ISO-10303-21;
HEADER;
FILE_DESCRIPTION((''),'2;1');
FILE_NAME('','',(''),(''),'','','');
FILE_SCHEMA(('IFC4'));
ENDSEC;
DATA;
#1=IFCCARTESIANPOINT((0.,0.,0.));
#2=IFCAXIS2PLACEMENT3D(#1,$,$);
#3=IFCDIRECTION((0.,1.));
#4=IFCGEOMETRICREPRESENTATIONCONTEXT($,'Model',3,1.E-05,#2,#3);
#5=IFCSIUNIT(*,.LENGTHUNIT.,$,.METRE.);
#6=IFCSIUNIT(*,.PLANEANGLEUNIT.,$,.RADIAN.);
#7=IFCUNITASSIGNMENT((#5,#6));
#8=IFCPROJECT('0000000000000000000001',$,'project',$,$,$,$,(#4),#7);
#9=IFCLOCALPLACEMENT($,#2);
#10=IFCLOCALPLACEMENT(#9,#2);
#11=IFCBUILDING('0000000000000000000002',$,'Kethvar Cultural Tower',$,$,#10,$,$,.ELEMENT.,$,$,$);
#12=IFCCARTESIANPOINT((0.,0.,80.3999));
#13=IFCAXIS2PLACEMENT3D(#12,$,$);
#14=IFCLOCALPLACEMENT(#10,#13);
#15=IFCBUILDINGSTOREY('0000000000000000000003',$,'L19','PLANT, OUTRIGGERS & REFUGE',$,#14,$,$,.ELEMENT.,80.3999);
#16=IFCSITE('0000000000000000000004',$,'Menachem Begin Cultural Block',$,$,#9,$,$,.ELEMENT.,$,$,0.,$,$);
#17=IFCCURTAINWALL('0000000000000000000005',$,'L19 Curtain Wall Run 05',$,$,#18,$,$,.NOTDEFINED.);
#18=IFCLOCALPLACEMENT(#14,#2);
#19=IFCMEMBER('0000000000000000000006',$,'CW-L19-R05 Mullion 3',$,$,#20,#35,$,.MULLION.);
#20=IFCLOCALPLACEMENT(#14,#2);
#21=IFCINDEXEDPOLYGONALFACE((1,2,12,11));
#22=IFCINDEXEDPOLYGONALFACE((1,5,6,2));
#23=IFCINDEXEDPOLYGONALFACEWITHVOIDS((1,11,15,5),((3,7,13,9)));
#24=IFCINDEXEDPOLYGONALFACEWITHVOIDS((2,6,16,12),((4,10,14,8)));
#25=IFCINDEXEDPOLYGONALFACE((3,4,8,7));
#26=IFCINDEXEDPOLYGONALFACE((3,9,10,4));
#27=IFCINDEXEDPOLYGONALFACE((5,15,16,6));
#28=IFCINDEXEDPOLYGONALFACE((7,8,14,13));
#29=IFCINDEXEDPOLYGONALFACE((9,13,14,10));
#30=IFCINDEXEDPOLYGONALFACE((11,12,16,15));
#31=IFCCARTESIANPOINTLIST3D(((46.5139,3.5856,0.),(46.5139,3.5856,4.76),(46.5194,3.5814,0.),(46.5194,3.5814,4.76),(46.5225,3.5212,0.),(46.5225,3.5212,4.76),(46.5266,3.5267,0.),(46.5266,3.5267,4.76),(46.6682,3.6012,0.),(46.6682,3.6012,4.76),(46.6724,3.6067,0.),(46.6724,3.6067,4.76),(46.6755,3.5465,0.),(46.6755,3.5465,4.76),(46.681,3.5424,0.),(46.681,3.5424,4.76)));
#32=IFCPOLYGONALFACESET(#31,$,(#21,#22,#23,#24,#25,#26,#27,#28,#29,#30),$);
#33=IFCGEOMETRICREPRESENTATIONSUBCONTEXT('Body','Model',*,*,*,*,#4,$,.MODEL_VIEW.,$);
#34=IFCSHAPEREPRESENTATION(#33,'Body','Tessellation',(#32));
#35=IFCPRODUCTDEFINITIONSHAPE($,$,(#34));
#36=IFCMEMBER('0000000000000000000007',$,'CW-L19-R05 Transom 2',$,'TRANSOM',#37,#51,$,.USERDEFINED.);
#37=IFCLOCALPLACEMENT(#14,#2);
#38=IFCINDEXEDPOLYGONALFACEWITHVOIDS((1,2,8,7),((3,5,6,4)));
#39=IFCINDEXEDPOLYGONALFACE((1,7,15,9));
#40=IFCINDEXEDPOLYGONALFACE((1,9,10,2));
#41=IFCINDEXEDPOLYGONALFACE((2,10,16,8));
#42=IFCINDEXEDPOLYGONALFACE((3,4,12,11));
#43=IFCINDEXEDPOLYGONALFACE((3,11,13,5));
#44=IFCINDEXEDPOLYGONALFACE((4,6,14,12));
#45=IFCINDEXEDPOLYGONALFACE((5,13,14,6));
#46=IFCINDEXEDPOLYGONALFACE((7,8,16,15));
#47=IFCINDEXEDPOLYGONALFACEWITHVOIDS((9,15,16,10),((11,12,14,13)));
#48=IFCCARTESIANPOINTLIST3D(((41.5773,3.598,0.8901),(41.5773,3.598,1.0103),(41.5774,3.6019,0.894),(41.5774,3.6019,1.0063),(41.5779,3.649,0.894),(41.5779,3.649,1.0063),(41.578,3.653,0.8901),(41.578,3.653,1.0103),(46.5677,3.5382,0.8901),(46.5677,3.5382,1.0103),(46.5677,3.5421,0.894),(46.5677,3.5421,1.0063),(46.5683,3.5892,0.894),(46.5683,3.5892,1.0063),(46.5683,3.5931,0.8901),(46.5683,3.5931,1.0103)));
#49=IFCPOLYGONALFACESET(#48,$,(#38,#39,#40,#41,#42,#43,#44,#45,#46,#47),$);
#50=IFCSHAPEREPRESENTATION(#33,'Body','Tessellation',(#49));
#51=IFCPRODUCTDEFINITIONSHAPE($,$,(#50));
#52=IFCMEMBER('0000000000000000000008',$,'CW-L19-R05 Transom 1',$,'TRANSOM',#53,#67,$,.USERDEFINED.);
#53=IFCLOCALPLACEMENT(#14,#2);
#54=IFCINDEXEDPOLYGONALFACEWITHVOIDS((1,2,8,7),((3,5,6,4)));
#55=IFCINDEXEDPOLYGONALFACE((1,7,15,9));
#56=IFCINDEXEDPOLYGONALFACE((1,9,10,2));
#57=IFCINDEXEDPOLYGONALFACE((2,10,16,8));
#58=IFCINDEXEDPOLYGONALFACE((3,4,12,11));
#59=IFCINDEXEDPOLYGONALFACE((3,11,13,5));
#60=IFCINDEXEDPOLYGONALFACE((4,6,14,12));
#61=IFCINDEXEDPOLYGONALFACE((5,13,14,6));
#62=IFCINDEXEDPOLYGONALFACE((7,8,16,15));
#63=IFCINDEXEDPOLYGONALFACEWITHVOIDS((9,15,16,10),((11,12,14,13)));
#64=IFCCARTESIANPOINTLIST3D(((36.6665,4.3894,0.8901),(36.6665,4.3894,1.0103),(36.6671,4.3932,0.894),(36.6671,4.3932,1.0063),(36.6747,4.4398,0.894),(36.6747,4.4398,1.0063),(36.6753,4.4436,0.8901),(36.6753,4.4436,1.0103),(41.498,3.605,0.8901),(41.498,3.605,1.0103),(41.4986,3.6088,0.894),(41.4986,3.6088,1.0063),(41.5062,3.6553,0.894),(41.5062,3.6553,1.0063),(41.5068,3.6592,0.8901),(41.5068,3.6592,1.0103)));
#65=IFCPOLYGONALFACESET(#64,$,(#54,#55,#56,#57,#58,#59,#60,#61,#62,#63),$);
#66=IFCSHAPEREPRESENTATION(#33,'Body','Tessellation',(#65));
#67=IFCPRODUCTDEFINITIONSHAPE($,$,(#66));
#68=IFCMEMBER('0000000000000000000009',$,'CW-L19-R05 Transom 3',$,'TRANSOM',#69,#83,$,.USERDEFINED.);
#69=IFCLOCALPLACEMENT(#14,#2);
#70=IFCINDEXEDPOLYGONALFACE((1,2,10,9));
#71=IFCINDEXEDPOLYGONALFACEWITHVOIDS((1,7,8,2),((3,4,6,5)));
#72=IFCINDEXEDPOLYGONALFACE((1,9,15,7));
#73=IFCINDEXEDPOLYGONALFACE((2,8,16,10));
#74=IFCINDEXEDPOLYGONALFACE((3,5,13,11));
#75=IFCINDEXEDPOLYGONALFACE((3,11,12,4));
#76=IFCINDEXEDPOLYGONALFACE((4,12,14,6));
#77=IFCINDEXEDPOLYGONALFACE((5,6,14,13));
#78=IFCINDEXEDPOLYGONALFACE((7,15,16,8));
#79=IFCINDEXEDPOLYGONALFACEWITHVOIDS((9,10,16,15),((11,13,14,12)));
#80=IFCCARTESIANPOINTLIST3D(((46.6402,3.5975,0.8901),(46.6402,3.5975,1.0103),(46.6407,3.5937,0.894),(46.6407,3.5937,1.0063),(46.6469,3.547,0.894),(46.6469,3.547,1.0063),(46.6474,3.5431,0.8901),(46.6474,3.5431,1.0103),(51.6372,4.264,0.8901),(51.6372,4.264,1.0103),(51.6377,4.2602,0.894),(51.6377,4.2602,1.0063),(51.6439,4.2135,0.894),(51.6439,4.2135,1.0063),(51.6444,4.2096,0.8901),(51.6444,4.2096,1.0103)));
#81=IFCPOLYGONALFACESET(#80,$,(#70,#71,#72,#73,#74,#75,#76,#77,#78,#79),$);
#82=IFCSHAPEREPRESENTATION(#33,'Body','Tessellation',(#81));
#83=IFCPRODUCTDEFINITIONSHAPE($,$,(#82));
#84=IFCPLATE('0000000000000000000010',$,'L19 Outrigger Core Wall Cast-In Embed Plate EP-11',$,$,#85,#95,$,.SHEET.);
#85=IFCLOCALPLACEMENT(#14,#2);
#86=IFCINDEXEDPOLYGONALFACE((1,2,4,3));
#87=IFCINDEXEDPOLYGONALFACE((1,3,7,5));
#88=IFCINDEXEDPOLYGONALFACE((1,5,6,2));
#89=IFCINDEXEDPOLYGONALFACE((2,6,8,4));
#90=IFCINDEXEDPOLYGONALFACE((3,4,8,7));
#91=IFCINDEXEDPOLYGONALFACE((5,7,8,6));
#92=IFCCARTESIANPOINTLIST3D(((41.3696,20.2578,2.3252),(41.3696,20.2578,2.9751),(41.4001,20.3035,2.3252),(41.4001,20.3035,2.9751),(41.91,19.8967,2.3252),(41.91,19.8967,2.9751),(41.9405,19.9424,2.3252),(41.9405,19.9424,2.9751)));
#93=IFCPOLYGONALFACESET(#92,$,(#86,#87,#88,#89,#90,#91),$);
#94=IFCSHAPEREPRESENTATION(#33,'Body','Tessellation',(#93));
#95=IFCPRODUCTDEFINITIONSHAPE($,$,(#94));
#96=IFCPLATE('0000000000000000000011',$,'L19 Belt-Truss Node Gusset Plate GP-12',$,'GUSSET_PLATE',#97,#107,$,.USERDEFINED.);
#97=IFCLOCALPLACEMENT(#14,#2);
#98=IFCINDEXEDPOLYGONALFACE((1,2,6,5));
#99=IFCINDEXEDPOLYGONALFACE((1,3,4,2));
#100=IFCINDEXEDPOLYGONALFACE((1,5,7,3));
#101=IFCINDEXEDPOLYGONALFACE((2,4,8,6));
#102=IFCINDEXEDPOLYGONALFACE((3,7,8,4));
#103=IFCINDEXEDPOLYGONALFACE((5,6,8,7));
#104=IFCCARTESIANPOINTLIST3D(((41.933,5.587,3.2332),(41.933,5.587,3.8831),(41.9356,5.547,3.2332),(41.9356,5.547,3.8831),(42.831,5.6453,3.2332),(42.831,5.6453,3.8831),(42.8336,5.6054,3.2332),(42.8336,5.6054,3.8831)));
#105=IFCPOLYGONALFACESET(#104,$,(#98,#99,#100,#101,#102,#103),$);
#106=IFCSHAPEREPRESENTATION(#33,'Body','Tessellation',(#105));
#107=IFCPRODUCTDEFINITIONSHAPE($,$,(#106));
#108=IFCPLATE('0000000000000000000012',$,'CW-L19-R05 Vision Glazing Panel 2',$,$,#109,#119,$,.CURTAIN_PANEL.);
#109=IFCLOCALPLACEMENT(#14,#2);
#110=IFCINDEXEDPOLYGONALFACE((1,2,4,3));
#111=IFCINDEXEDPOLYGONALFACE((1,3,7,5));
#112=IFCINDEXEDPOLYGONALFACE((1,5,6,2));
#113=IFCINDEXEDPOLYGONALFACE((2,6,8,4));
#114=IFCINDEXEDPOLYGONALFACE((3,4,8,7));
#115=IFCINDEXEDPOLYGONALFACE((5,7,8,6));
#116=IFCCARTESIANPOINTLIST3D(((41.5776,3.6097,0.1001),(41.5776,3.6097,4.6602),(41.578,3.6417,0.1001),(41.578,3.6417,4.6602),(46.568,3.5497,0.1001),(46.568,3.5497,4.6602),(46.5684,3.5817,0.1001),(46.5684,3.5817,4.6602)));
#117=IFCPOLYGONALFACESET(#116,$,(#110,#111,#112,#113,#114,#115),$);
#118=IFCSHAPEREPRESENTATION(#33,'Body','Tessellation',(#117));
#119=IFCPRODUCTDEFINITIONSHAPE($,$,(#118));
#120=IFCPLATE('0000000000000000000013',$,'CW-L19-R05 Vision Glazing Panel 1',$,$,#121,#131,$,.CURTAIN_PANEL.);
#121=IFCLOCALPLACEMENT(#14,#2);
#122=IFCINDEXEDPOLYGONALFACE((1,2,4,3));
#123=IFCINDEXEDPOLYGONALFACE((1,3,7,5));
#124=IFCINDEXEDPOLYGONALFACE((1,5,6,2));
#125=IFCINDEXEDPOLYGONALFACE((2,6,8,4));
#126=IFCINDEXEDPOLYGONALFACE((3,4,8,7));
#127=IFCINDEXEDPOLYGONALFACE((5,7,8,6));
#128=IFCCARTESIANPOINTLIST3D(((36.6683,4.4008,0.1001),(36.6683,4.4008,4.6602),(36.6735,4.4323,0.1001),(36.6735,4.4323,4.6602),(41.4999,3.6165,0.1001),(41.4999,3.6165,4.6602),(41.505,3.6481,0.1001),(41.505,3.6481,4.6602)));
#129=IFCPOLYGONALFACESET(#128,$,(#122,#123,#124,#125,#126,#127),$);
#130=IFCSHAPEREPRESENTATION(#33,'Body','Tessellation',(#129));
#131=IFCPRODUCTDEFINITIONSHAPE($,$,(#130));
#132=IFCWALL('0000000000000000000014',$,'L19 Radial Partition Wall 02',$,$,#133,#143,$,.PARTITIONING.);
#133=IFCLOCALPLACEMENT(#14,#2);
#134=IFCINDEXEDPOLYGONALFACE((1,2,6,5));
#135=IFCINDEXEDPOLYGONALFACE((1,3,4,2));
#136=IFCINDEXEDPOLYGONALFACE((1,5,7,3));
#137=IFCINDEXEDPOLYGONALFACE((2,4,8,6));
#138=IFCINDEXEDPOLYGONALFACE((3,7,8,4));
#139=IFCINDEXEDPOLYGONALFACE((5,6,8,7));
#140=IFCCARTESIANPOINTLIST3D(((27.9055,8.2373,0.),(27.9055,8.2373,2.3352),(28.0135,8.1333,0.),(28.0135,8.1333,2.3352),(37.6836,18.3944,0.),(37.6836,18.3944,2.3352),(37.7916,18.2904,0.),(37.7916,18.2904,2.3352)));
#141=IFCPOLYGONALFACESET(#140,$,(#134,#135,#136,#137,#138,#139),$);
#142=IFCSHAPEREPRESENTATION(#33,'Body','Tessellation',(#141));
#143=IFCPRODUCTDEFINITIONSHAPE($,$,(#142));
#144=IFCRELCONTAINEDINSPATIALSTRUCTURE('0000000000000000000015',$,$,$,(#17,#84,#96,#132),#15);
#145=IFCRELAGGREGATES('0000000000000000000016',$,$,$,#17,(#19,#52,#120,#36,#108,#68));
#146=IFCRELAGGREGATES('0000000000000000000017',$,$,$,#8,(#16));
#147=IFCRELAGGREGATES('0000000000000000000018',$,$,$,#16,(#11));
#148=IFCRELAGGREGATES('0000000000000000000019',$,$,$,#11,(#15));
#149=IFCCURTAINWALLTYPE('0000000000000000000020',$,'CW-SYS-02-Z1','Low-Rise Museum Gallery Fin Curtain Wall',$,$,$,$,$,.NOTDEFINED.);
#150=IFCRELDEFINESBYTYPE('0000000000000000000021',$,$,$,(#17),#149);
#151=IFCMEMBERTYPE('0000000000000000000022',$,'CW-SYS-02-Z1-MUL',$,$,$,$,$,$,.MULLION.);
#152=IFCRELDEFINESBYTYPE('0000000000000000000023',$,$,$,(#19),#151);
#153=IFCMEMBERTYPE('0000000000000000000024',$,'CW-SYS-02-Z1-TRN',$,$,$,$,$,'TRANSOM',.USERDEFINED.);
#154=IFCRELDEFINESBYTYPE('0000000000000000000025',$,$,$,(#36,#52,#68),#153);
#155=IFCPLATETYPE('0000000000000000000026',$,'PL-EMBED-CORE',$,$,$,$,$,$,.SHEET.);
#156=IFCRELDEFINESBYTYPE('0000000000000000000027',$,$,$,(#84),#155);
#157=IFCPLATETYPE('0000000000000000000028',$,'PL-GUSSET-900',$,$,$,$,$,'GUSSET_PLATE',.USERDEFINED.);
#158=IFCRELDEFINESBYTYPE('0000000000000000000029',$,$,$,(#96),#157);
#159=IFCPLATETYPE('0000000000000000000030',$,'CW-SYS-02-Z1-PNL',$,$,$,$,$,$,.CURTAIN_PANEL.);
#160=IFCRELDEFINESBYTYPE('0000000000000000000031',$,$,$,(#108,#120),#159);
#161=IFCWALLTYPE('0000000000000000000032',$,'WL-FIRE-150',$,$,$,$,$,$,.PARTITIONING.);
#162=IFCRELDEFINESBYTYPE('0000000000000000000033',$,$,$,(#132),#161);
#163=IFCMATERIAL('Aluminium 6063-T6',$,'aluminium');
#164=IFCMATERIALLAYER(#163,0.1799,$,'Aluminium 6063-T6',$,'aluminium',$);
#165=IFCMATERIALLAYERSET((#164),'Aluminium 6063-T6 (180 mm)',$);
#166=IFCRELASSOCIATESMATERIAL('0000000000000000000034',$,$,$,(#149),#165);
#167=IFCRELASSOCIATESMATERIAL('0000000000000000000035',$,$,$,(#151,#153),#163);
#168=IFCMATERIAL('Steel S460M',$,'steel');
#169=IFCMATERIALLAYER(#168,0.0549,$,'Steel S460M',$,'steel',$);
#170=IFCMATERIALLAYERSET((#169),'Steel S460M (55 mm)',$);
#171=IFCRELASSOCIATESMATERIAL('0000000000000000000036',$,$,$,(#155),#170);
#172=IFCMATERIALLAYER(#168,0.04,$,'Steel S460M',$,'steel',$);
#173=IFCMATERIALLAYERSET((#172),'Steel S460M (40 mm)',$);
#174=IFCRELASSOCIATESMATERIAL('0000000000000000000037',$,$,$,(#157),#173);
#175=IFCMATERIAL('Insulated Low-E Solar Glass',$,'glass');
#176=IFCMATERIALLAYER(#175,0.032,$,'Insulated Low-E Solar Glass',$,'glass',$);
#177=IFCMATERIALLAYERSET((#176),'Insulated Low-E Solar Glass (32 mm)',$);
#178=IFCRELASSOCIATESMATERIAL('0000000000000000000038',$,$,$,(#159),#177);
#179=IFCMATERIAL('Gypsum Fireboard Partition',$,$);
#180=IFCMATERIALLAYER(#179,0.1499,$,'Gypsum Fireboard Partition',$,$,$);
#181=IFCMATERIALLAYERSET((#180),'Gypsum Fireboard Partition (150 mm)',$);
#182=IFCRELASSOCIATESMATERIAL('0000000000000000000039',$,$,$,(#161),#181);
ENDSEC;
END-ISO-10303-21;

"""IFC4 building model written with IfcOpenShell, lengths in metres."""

from ifc_helpers import new_model, si_unit, direction, frame, frame_2d, origin, origin_2d, place, context, subcontext, project, spatial, rectangle, hollow_rectangle, extrude, source, transform, mapped, material, layer, layer_set, material_profile, profile_set, type_object, element, aggregate, save


model = new_model("IFC4")

# Units and contexts
model_context = context("Model", 3, precision=1e-05, world=origin(), true_north=direction((0.0, 1.0)))
body_context = subcontext(model_context, "Body", "Model", "MODEL_VIEW")
ifc_project = project(units=[si_unit("LENGTHUNIT", "METRE"), si_unit("PLANEANGLEUNIT", "RADIAN")], contexts=[model_context])

# Site, building, storey
site_placement = place(None, origin())
site = spatial("IfcSite", under=ifc_project, at=site_placement, Name="Menachem Begin Cultural Block", CompositionType="ELEMENT", RefElevation=0.0)
building_placement = place(site_placement, origin())
building = spatial("IfcBuilding", under=site, at=building_placement, Name="Kethvar Cultural Tower", CompositionType="ELEMENT")
storey_placement = place(building_placement, frame((0.0, 0.0, 80.3999)))
storey = spatial("IfcBuildingStorey", under=building, at=storey_placement, Name="L19", Description="PLANT, OUTRIGGERS & REFUGE", CompositionType="ELEMENT", Elevation=80.3999)

# Shared definitions
ifc_material_1 = material(Name="Steel S460M", Category="steel")

# Shared definitions
ifc_material_2 = material(Name="Aluminium 6063-T6", Category="aluminium")
ifc_layer_1 = layer(ifc_material_2, 0.1799, Name="Aluminium 6063-T6", Category="aluminium")
ifc_layer_set_1 = layer_set([ifc_layer_1], Name="Aluminium 6063-T6 (180 mm)")
curtain_wall_type = type_object("IfcCurtainWallType", Name="CW-SYS-02-Z1", Description="Low-Rise Museum Gallery Fin Curtain Wall", PredefinedType="NOTDEFINED", material=ifc_layer_set_1)
ifc_material_profile_1 = material_profile(ifc_material_2, hollow_rectangle(XDim=0.0649, YDim=0.1599, WallThickness=0.0049, at=origin_2d()), Name="Aluminium 6063-T6 — RHS160x65x5")
ifc_profile_set_1 = profile_set([ifc_material_profile_1], Name="Aluminium 6063-T6 — RHS160x65x5")
member_type_1 = type_object("IfcMemberType", Name="CW-SYS-02-Z1-MUL", PredefinedType="MULLION", material=ifc_profile_set_1)
shared_shape_1 = source(origin(), body_context, "Body", "SweptSolid", [
    extrude(hollow_rectangle(XDim=0.0649, YDim=0.1599, WallThickness=0.0049, at=origin_2d()), origin(), (0.0, 0.0, 1.0), 4.76),
])

# Curtain wall, members
curtain_wall_1_placement = place(storey_placement, origin())
curtain_wall_1 = element("IfcCurtainWall", 1, at=curtain_wall_1_placement, inside=storey, type_object=curtain_wall_type, Name="L19 Curtain Wall Run 05", PredefinedType="NOTDEFINED")
member_1_placement = place(storey_placement, frame((46.5974, 3.564, 0.0), z_axis=(0.0, 0.0, 1.0), x_axis=(-0.132222, 0.99122, 0.0)))
member_1 = element("IfcMember", 2, at=member_1_placement, type_object=member_type_1, Name="CW-L19-R05 Mullion 3", PredefinedType="MULLION", context=body_context, shape_type="MappedRepresentation", body=[
    mapped(shared_shape_1, transform((0.0, 0.0, 0.0), scale=1.0)),
])
ifc_material_profile_2 = material_profile(ifc_material_2, hollow_rectangle(XDim=0.0549, YDim=0.1201, WallThickness=0.0039, at=origin_2d()), Name="Aluminium 6063-T6 — RHS120x55x4")
ifc_profile_set_2 = profile_set([ifc_material_profile_2], Name="Aluminium 6063-T6 — RHS120x55x4")
member_type_2 = type_object("IfcMemberType", Name="CW-SYS-02-Z1-TRN", ElementType="TRANSOM", PredefinedType="USERDEFINED", material=ifc_profile_set_2)
shared_shape_2 = source(origin(), body_context, "Body", "SweptSolid", [
    extrude(hollow_rectangle(XDim=0.0549, YDim=0.1201, WallThickness=0.0039, at=origin_2d()), origin(), (0.0, 0.0, 1.0), 4.9907),
])
member_2_placement = place(storey_placement, frame((41.5776, 3.6255, 0.9502), z_axis=(0.999928, -0.011985, 0.0), x_axis=(0.011985, 0.999928, 0.0)))
member_2 = element("IfcMember", 3, at=member_2_placement, type_object=member_type_2, Name="CW-L19-R05 Transom 2", ObjectType="TRANSOM", PredefinedType="USERDEFINED", context=body_context, shape_type="MappedRepresentation", body=[
    mapped(shared_shape_2, transform((0.0, 0.0, 0.0), scale=1.0)),
])
shared_shape_3 = source(origin(), body_context, "Body", "SweptSolid", [
    extrude(hollow_rectangle(XDim=0.0549, YDim=0.1201, WallThickness=0.0039, at=origin_2d()), origin(), (0.0, 0.0, 1.0), 4.8948),
])
member_3_placement = place(storey_placement, frame((36.6709, 4.4165, 0.9502), z_axis=(0.987075, -0.160256, 0.0), x_axis=(0.160256, 0.987075, 0.0)))
member_3 = element("IfcMember", 4, at=member_3_placement, type_object=member_type_2, Name="CW-L19-R05 Transom 1", ObjectType="TRANSOM", PredefinedType="USERDEFINED", context=body_context, shape_type="MappedRepresentation", body=[
    mapped(shared_shape_3, transform((0.0, 0.0, 0.0), scale=1.0)),
])
shared_shape_4 = source(origin(), body_context, "Body", "SweptSolid", [
    extrude(hollow_rectangle(XDim=0.0549, YDim=0.1201, WallThickness=0.0039, at=origin_2d()), origin(), (0.0, 0.0, 1.0), 5.0413),
])
member_4_placement = place(storey_placement, frame((46.6438, 3.5703, 0.9502), z_axis=(0.991222, 0.132208, 0.0), x_axis=(-0.132208, 0.991222, 0.0)))
member_4 = element("IfcMember", 5, at=member_4_placement, type_object=member_type_2, Name="CW-L19-R05 Transom 3", ObjectType="TRANSOM", PredefinedType="USERDEFINED", context=body_context, shape_type="MappedRepresentation", body=[
    mapped(shared_shape_4, transform((0.0, 0.0, 0.0), scale=1.0)),
])

# Plates
ifc_layer_2 = layer(ifc_material_1, 0.0549, Name="Steel S460M", Category="steel")
ifc_layer_set_2 = layer_set([ifc_layer_2], Name="Steel S460M (55 mm)")
plate_type_1 = type_object("IfcPlateType", Name="PL-EMBED-CORE", PredefinedType="SHEET", material=ifc_layer_set_2)
shared_shape_5 = source(origin(), body_context, "Body", "SweptSolid", [
    extrude(rectangle(XDim=0.0549, YDim=0.6499, at=origin_2d()), origin(), (0.0, 0.0, 1.0), 0.6499),
])
plate_1_placement = place(storey_placement, frame((41.655, 20.1001, 2.3252), z_axis=(0.0, 0.0, 1.0), x_axis=(-0.55557, -0.83147, 0.0)))
element("IfcPlate", 6, at=plate_1_placement, inside=storey, type_object=plate_type_1, Name="L19 Outrigger Core Wall Cast-In Embed Plate EP-11", PredefinedType="SHEET", context=body_context, shape_type="MappedRepresentation", body=[
    mapped(shared_shape_5, transform((0.0, 0.0, 0.0), scale=1.0)),
])
ifc_layer_3 = layer(ifc_material_1, 0.04, Name="Steel S460M", Category="steel")
ifc_layer_set_3 = layer_set([ifc_layer_3], Name="Steel S460M (40 mm)")
plate_type_2 = type_object("IfcPlateType", Name="PL-GUSSET-900", ElementType="GUSSET_PLATE", PredefinedType="USERDEFINED", material=ifc_layer_set_3)
shared_shape_6 = source(origin(), body_context, "Body", "SweptSolid", [
    extrude(rectangle(XDim=0.8999, YDim=0.04, at=origin_2d()), origin(), (0.0, 0.0, 1.0), 0.6499),
])
plate_2_placement = place(storey_placement, frame((42.3833, 5.5962, 3.2332), z_axis=(0.0, 0.0, 1.0), x_axis=(0.997896, 0.064837, 0.0)))
element("IfcPlate", 7, at=plate_2_placement, inside=storey, type_object=plate_type_2, Name="L19 Belt-Truss Node Gusset Plate GP-12", ObjectType="GUSSET_PLATE", PredefinedType="USERDEFINED", context=body_context, shape_type="MappedRepresentation", body=[
    mapped(shared_shape_6, transform((0.0, 0.0, 0.0), scale=1.0)),
])

# Plates
ifc_material_3 = material(Name="Insulated Low-E Solar Glass", Category="glass")
ifc_layer_4 = layer(ifc_material_3, 0.032, Name="Insulated Low-E Solar Glass", Category="glass")
ifc_layer_set_4 = layer_set([ifc_layer_4], Name="Insulated Low-E Solar Glass (32 mm)")
plate_type_3 = type_object("IfcPlateType", Name="CW-SYS-02-Z1-PNL", PredefinedType="CURTAIN_PANEL", material=ifc_layer_set_4)
shared_shape_7 = source(origin(), body_context, "Body", "SweptSolid", [
    extrude(rectangle(XDim=4.9907, YDim=0.032, at=origin_2d()), origin(), (0.0, 0.0, 1.0), 4.5601),
])
plate_3_placement = place(storey_placement, frame((44.073, 3.5957, 0.1001), z_axis=(0.0, 0.0, 1.0), x_axis=(0.999928, -0.012025, 0.0)))
plate_3 = element("IfcPlate", 8, at=plate_3_placement, type_object=plate_type_3, Name="CW-L19-R05 Vision Glazing Panel 2", PredefinedType="CURTAIN_PANEL", context=body_context, shape_type="MappedRepresentation", body=[
    mapped(shared_shape_7, transform((0.0, 0.0, 0.0), scale=1.0)),
])
shared_shape_8 = source(origin(), body_context, "Body", "SweptSolid", [
    extrude(rectangle(XDim=4.8948, YDim=0.032, at=origin_2d()), origin(), (0.0, 0.0, 1.0), 4.5601),
])
plate_4_placement = place(storey_placement, frame((39.0867, 4.0244, 0.1001), z_axis=(0.0, 0.0, 1.0), x_axis=(0.98708, -0.160226, 0.0)))
plate_4 = element("IfcPlate", 9, at=plate_4_placement, type_object=plate_type_3, Name="CW-L19-R05 Vision Glazing Panel 1", PredefinedType="CURTAIN_PANEL", context=body_context, shape_type="MappedRepresentation", body=[
    mapped(shared_shape_8, transform((0.0, 0.0, 0.0), scale=1.0)),
])
aggregate(curtain_wall_1, [member_1, member_3, plate_4, member_2, plate_3, member_4])

# Wall
ifc_material_4 = material(Name="Gypsum Fireboard Partition")
ifc_layer_5 = layer(ifc_material_4, 0.1499, Name="Gypsum Fireboard Partition")
ifc_layer_set_5 = layer_set([ifc_layer_5], Name="Gypsum Fireboard Partition (150 mm)")
wall_type_1 = type_object("IfcWallType", Name="WL-FIRE-150", PredefinedType="PARTITIONING", material=ifc_layer_set_5)
wall_1_placement = place(storey_placement, frame((37.7375, 18.3423, 0.0), z_axis=(0.0, 0.0, 1.0), x_axis=(-0.693542, -0.720417, 0.0)))
element("IfcWall", 10, at=wall_1_placement, inside=storey, type_object=wall_type_1, Name="L19 Radial Partition Wall 02", PredefinedType="PARTITIONING", context=body_context, shape_type="SweptSolid", body=[
    extrude(rectangle(XDim=14.0989, YDim=0.1499, at=frame_2d((7.0493, 0.0))), origin(), (0.0, 0.0, 1.0), 2.3352),
])

save(model, "model.ifc")
